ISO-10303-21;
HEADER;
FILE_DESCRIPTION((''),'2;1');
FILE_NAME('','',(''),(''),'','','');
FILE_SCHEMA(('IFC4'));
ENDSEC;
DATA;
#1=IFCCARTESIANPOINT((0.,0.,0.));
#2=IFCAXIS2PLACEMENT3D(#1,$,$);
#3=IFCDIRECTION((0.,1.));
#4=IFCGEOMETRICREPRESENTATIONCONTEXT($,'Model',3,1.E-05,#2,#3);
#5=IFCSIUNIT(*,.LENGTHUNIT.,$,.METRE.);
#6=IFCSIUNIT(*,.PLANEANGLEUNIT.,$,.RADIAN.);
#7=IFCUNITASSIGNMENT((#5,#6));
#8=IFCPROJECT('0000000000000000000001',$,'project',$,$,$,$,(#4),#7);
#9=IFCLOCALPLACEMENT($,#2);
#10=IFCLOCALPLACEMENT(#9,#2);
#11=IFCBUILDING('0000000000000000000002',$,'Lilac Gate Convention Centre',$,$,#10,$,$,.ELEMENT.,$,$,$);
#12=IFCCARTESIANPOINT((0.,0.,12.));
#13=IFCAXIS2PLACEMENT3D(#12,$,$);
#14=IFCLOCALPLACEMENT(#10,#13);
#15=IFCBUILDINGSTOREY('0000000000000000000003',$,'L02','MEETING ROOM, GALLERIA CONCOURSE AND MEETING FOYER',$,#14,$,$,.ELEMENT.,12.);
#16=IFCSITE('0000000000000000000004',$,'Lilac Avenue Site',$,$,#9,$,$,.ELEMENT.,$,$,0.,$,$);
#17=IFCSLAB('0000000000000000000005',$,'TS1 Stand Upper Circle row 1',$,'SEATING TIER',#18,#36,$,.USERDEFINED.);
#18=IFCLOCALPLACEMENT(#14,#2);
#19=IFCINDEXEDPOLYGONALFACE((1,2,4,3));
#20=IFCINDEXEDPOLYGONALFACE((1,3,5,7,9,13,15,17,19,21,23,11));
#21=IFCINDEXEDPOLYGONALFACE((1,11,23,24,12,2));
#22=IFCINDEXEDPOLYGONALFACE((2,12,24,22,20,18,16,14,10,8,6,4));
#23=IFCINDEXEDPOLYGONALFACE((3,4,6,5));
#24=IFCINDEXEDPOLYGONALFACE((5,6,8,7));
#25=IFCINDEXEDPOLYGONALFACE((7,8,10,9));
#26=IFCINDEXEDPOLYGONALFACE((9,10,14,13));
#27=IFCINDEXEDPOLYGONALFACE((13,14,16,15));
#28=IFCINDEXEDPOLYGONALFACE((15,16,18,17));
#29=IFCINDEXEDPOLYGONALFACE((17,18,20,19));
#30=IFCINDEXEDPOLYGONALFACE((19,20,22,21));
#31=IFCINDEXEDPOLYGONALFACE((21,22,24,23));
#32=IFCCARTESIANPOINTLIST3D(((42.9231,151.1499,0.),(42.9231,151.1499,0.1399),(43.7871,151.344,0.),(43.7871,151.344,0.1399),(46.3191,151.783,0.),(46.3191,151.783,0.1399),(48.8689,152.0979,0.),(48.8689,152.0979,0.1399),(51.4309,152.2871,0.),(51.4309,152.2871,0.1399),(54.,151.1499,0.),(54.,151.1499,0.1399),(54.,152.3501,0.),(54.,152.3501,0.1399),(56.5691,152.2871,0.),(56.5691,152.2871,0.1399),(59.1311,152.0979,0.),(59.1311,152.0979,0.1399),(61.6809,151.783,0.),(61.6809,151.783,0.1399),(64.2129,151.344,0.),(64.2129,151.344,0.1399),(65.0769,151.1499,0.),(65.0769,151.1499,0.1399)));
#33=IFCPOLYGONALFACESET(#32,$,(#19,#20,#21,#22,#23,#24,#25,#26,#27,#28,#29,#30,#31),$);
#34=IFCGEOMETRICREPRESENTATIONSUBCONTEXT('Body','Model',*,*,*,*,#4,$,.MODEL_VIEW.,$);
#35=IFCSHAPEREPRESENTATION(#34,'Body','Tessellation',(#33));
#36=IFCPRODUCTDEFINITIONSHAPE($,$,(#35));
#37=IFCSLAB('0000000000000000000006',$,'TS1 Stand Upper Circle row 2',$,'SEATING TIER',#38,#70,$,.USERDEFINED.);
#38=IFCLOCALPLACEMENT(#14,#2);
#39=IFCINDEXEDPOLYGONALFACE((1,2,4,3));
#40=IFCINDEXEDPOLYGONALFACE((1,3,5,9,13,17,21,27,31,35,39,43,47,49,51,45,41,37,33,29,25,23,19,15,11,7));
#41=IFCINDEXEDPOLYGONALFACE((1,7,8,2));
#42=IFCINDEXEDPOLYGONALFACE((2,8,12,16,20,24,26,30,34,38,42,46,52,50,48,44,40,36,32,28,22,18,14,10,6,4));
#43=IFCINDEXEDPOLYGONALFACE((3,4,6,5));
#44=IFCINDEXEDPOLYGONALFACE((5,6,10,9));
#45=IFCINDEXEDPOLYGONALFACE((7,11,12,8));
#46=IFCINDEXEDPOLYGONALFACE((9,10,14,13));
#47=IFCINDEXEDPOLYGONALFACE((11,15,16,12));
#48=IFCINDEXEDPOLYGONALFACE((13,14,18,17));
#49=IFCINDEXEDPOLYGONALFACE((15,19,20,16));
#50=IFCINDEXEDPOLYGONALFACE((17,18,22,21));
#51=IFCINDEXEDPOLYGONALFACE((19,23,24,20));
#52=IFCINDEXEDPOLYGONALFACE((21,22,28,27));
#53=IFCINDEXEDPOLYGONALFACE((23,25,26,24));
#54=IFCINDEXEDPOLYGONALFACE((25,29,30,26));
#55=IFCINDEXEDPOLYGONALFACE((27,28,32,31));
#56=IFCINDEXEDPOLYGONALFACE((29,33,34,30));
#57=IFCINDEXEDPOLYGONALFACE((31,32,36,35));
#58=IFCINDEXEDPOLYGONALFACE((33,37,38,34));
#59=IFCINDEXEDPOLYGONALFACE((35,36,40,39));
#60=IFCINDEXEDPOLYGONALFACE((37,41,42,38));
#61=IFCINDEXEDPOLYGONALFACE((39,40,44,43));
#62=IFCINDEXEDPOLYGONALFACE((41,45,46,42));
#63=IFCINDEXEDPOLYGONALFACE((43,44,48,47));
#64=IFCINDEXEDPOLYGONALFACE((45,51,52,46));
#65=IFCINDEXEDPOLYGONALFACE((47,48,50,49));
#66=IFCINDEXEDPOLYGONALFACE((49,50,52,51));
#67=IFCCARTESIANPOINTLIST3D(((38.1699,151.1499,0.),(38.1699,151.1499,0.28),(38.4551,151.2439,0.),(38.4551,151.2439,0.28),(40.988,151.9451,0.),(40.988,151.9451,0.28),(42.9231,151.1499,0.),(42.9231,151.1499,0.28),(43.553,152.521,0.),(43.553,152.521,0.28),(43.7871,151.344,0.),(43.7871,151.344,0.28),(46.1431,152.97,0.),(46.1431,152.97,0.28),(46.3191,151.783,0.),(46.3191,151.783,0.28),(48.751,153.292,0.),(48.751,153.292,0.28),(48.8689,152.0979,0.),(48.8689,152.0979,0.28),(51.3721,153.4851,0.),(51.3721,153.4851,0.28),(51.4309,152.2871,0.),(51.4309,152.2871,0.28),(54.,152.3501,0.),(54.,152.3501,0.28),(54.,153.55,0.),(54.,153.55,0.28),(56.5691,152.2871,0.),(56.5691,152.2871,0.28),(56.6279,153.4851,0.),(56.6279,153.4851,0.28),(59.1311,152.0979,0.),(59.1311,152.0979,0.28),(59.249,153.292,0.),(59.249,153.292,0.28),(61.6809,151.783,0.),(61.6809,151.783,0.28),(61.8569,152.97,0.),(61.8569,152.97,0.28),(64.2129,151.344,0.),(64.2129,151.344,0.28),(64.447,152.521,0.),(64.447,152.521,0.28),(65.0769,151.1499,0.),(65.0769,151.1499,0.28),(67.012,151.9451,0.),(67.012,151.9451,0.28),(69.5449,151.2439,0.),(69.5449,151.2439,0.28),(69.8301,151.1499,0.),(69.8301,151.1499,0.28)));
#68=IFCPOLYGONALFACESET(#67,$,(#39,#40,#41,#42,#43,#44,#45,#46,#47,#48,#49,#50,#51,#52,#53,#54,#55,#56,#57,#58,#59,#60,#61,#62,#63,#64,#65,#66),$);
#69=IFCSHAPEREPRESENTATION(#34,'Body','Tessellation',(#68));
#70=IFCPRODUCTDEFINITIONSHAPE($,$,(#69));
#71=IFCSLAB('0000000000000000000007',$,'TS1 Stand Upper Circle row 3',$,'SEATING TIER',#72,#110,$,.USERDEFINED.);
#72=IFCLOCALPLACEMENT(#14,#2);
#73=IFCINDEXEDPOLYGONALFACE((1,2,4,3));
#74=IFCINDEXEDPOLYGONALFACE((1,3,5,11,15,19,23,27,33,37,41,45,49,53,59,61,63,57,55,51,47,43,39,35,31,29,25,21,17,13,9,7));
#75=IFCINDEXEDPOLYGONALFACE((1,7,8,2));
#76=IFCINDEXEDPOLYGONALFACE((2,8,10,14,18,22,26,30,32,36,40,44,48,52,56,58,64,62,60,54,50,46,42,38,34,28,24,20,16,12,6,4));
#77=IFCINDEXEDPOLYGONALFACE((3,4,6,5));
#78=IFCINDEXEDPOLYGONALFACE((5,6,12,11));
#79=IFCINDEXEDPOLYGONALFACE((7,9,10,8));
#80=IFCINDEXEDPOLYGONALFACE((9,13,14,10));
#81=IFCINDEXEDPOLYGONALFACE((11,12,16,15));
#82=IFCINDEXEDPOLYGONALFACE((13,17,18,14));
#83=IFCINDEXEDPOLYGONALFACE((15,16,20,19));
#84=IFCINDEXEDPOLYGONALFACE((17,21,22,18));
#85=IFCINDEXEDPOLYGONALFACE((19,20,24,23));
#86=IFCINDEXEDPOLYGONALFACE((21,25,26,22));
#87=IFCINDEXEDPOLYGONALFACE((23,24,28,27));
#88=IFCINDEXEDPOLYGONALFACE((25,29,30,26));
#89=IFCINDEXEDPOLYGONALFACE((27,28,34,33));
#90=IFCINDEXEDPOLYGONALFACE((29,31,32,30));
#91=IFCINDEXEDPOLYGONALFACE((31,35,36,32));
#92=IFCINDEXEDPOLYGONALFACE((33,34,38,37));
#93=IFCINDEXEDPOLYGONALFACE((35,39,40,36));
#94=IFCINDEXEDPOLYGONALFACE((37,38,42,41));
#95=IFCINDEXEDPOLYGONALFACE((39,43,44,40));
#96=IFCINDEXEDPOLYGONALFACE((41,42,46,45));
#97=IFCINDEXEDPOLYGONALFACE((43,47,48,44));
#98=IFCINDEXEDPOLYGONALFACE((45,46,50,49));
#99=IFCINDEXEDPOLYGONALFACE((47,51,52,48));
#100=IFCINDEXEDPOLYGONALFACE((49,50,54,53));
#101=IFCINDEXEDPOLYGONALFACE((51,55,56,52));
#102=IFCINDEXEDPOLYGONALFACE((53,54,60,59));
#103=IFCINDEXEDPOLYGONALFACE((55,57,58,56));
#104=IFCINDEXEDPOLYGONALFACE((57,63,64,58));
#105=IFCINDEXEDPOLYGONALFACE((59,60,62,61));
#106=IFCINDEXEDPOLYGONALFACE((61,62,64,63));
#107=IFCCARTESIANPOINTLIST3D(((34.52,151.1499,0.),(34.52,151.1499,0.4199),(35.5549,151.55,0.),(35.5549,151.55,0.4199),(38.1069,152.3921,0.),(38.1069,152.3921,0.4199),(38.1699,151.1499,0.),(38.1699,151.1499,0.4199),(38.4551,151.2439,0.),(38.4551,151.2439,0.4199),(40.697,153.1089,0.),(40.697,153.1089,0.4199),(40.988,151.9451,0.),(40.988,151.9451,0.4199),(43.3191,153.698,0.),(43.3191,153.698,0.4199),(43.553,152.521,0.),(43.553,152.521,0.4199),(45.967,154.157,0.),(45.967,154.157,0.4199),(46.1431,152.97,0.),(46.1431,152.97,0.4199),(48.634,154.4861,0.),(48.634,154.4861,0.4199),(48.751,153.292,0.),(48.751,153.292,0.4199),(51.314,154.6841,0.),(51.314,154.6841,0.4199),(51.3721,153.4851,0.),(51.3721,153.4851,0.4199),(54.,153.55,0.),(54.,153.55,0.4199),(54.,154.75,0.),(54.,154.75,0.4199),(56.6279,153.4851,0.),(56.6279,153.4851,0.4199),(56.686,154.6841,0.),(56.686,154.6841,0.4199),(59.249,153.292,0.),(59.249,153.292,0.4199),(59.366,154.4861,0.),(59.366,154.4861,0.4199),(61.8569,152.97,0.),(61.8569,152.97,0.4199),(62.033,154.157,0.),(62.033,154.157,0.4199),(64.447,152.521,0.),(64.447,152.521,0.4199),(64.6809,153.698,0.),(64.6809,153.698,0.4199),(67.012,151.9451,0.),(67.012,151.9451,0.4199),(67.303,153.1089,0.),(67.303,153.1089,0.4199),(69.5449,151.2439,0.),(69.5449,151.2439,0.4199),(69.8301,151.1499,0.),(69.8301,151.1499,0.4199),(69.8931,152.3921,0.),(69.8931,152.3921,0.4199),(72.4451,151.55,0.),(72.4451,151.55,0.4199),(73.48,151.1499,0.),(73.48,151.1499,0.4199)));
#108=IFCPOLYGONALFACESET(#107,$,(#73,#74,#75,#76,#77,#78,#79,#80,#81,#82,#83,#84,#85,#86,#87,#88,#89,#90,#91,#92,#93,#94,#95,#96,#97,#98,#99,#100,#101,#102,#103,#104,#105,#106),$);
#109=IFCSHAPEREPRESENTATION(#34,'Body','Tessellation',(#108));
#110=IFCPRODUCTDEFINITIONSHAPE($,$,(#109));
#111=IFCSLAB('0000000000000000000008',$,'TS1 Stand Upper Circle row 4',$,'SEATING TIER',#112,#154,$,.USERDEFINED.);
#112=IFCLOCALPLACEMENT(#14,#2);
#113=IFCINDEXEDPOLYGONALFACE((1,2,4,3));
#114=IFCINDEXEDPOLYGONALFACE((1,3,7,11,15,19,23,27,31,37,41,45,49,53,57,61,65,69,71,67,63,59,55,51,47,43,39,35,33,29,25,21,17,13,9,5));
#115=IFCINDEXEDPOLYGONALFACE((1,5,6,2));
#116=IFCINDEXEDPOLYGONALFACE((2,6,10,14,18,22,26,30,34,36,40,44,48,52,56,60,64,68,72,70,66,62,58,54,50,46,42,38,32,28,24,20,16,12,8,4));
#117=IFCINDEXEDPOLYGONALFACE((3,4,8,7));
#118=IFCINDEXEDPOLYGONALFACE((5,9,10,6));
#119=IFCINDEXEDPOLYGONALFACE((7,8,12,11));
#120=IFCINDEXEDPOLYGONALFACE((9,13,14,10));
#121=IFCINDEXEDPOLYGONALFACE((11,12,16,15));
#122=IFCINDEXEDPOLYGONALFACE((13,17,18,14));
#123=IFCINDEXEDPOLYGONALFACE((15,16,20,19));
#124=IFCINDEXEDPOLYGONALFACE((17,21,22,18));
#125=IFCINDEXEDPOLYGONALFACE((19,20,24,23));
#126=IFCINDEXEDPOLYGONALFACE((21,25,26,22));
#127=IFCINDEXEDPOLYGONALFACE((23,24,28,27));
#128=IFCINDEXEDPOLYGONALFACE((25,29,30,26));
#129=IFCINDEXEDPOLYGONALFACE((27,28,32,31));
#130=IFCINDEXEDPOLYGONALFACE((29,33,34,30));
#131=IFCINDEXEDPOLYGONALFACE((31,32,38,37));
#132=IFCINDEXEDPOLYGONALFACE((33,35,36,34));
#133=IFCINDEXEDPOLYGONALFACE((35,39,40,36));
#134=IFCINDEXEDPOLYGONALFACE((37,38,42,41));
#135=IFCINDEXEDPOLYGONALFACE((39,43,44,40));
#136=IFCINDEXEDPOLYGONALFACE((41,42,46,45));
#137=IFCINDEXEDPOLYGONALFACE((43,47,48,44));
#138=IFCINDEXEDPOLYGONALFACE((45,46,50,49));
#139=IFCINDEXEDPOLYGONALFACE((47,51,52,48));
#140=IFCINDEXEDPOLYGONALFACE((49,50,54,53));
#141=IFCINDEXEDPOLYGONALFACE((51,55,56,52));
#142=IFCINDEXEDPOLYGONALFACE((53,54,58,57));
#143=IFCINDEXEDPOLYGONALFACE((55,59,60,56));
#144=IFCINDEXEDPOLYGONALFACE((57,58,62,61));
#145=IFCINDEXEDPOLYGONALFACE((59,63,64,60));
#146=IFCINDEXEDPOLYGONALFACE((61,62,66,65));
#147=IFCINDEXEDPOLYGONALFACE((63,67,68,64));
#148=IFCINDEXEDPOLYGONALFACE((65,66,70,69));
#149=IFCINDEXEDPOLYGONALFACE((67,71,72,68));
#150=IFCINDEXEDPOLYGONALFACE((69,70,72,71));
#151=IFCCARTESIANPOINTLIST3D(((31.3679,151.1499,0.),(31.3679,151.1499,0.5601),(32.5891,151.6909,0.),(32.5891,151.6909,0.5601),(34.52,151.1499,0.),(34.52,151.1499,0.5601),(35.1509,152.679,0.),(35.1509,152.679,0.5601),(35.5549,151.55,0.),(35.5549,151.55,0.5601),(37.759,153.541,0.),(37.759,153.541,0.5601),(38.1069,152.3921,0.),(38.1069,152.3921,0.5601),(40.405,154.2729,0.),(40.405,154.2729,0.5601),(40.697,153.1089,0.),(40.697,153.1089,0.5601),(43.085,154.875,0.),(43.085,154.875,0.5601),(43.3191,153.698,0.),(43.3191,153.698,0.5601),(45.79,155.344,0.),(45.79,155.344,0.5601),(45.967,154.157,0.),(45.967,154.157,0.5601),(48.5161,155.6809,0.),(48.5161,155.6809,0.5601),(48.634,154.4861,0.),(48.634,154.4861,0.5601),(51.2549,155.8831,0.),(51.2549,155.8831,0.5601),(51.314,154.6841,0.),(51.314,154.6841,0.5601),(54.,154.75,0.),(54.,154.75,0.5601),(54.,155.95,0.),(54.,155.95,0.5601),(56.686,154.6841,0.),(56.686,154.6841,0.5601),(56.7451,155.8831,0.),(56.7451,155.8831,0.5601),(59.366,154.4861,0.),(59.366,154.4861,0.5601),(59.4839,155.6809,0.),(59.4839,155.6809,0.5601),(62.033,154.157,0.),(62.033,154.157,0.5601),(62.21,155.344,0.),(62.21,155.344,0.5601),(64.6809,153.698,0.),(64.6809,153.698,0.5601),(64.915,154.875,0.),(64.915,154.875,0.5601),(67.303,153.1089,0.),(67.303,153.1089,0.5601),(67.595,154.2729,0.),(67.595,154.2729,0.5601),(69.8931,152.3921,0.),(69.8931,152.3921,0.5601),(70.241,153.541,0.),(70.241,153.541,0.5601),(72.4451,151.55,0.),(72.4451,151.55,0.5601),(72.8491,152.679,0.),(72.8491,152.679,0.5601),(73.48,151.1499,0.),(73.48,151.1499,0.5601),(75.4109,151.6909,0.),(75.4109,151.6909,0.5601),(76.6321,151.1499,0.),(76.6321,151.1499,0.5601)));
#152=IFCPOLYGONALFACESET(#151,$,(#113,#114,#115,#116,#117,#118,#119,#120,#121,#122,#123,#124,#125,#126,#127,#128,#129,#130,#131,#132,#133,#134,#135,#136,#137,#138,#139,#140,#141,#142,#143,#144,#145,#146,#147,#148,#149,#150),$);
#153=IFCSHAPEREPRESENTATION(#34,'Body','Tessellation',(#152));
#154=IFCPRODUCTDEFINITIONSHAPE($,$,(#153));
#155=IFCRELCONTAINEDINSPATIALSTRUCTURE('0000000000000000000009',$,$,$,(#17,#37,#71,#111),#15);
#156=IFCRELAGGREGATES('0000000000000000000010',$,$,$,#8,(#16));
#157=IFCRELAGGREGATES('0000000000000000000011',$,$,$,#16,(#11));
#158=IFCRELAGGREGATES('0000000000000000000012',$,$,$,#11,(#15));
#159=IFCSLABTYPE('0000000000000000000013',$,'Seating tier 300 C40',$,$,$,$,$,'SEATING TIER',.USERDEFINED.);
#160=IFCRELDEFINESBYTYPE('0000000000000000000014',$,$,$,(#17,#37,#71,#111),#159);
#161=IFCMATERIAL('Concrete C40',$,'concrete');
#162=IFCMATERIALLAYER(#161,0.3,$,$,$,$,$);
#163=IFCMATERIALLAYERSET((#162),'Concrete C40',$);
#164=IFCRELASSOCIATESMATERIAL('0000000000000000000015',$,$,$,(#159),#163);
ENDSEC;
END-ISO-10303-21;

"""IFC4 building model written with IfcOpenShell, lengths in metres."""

from ifc_helpers import new_model, si_unit, direction, frame, origin, place, context, subcontext, project, spatial, polyline, outline, extrude, material, layer, layer_set, type_object, element, save


model = new_model("IFC4")

# Units and contexts
model_context = context("Model", 3, precision=1e-05, world=origin(), true_north=direction((0.0, 1.0)))
body_context = subcontext(model_context, "Body", "Model", "MODEL_VIEW")
ifc_project = project(units=[si_unit("LENGTHUNIT", "METRE"), si_unit("PLANEANGLEUNIT", "RADIAN")], contexts=[model_context])

# Site, building, storey
site_placement = place(None, origin())
site = spatial("IfcSite", under=ifc_project, at=site_placement, Name="Lilac Avenue Site", CompositionType="ELEMENT", RefElevation=0.0)
building_placement = place(site_placement, origin())
building = spatial("IfcBuilding", under=site, at=building_placement, Name="Lilac Gate Convention Centre", CompositionType="ELEMENT")
storey_placement = place(building_placement, frame((0.0, 0.0, 12.0)))
storey = spatial("IfcBuildingStorey", under=building, at=storey_placement, Name="L02", Description="MEETING ROOM, GALLERIA CONCOURSE AND MEETING FOYER", CompositionType="ELEMENT", Elevation=12.0)

# Shared definitions
ifc_material_1 = material(Name="Concrete C40", Category="concrete")

# Slabs
ifc_layer_1 = layer(ifc_material_1, 0.3)
ifc_layer_set_1 = layer_set([ifc_layer_1], Name="Concrete C40")
slab_type_1 = type_object("IfcSlabType", Name="Seating tier 300 C40", ElementType="SEATING TIER", PredefinedType="USERDEFINED", material=ifc_layer_set_1)
slab_1_placement = place(storey_placement, origin())
element("IfcSlab", 1, at=slab_1_placement, inside=storey, type_object=slab_type_1, Name="TS1 Stand Upper Circle row 1", ObjectType="SEATING TIER", PredefinedType="USERDEFINED", context=body_context, shape_type="SweptSolid", body=[
    extrude(outline(polyline([(43.7871, 151.344), (46.3191, 151.783), (48.8689, 152.0979), (51.4309, 152.2871), (54.0, 152.3501), (56.5691, 152.2871), (59.1311, 152.0979), (61.6809, 151.783), (64.2129, 151.344), (65.0769, 151.1499), (54.0, 151.1499), (42.9231, 151.1499), (43.7871, 151.344)])), origin(), (0.0, 0.0, 1.0), 0.1399),
])
slab_2_placement = place(storey_placement, origin())
element("IfcSlab", 2, at=slab_2_placement, inside=storey, type_object=slab_type_1, Name="TS1 Stand Upper Circle row 2", ObjectType="SEATING TIER", PredefinedType="USERDEFINED", context=body_context, shape_type="SweptSolid", body=[
    extrude(outline(polyline([(38.4551, 151.2439), (40.988, 151.9451), (43.553, 152.521), (46.1431, 152.97), (48.751, 153.292), (51.3721, 153.4851), (54.0, 153.55), (56.6279, 153.4851), (59.249, 153.292), (61.8569, 152.97), (64.447, 152.521), (67.012, 151.9451), (69.5449, 151.2439), (69.8301, 151.1499), (65.0769, 151.1499), (64.2129, 151.344), (61.6809, 151.783), (59.1311, 152.0979), (56.5691, 152.2871), (54.0, 152.3501), (51.4309, 152.2871), (48.8689, 152.0979), (46.3191, 151.783), (43.7871, 151.344), (42.9231, 151.1499), (38.1699, 151.1499), (38.4551, 151.2439)])), origin(), (0.0, 0.0, 1.0), 0.28),
])
slab_3_placement = place(storey_placement, origin())
element("IfcSlab", 3, at=slab_3_placement, inside=storey, type_object=slab_type_1, Name="TS1 Stand Upper Circle row 3", ObjectType="SEATING TIER", PredefinedType="USERDEFINED", context=body_context, shape_type="SweptSolid", body=[
    extrude(outline(polyline([(35.5549, 151.55), (38.1069, 152.3921), (40.697, 153.1089), (43.3191, 153.698), (45.967, 154.157), (48.634, 154.4861), (51.314, 154.6841), (54.0, 154.75), (56.686, 154.6841), (59.366, 154.4861), (62.033, 154.157), (64.6809, 153.698), (67.303, 153.1089), (69.8931, 152.3921), (72.4451, 151.55), (73.48, 151.1499), (69.8301, 151.1499), (69.5449, 151.2439), (67.012, 151.9451), (64.447, 152.521), (61.8569, 152.97), (59.249, 153.292), (56.6279, 153.4851), (54.0, 153.55), (51.3721, 153.4851), (48.751, 153.292), (46.1431, 152.97), (43.553, 152.521), (40.988, 151.9451), (38.4551, 151.2439), (38.1699, 151.1499), (34.52, 151.1499), (35.5549, 151.55)])), origin(), (0.0, 0.0, 1.0), 0.4199),
])
slab_4_placement = place(storey_placement, origin())
element("IfcSlab", 4, at=slab_4_placement, inside=storey, type_object=slab_type_1, Name="TS1 Stand Upper Circle row 4", ObjectType="SEATING TIER", PredefinedType="USERDEFINED", context=body_context, shape_type="SweptSolid", body=[
    extrude(outline(polyline([(32.5891, 151.6909), (35.1509, 152.679), (37.759, 153.541), (40.405, 154.2729), (43.085, 154.875), (45.79, 155.344), (48.5161, 155.6809), (51.2549, 155.8831), (54.0, 155.95), (56.7451, 155.8831), (59.4839, 155.6809), (62.21, 155.344), (64.915, 154.875), (67.595, 154.2729), (70.241, 153.541), (72.8491, 152.679), (75.4109, 151.6909), (76.6321, 151.1499), (73.48, 151.1499), (72.4451, 151.55), (69.8931, 152.3921), (67.303, 153.1089), (64.6809, 153.698), (62.033, 154.157), (59.366, 154.4861), (56.686, 154.6841), (54.0, 154.75), (51.314, 154.6841), (48.634, 154.4861), (45.967, 154.157), (43.3191, 153.698), (40.697, 153.1089), (38.1069, 152.3921), (35.5549, 151.55), (34.52, 151.1499), (31.3679, 151.1499), (32.5891, 151.6909)])), origin(), (0.0, 0.0, 1.0), 0.5601),
])

save(model, "model.ifc")
